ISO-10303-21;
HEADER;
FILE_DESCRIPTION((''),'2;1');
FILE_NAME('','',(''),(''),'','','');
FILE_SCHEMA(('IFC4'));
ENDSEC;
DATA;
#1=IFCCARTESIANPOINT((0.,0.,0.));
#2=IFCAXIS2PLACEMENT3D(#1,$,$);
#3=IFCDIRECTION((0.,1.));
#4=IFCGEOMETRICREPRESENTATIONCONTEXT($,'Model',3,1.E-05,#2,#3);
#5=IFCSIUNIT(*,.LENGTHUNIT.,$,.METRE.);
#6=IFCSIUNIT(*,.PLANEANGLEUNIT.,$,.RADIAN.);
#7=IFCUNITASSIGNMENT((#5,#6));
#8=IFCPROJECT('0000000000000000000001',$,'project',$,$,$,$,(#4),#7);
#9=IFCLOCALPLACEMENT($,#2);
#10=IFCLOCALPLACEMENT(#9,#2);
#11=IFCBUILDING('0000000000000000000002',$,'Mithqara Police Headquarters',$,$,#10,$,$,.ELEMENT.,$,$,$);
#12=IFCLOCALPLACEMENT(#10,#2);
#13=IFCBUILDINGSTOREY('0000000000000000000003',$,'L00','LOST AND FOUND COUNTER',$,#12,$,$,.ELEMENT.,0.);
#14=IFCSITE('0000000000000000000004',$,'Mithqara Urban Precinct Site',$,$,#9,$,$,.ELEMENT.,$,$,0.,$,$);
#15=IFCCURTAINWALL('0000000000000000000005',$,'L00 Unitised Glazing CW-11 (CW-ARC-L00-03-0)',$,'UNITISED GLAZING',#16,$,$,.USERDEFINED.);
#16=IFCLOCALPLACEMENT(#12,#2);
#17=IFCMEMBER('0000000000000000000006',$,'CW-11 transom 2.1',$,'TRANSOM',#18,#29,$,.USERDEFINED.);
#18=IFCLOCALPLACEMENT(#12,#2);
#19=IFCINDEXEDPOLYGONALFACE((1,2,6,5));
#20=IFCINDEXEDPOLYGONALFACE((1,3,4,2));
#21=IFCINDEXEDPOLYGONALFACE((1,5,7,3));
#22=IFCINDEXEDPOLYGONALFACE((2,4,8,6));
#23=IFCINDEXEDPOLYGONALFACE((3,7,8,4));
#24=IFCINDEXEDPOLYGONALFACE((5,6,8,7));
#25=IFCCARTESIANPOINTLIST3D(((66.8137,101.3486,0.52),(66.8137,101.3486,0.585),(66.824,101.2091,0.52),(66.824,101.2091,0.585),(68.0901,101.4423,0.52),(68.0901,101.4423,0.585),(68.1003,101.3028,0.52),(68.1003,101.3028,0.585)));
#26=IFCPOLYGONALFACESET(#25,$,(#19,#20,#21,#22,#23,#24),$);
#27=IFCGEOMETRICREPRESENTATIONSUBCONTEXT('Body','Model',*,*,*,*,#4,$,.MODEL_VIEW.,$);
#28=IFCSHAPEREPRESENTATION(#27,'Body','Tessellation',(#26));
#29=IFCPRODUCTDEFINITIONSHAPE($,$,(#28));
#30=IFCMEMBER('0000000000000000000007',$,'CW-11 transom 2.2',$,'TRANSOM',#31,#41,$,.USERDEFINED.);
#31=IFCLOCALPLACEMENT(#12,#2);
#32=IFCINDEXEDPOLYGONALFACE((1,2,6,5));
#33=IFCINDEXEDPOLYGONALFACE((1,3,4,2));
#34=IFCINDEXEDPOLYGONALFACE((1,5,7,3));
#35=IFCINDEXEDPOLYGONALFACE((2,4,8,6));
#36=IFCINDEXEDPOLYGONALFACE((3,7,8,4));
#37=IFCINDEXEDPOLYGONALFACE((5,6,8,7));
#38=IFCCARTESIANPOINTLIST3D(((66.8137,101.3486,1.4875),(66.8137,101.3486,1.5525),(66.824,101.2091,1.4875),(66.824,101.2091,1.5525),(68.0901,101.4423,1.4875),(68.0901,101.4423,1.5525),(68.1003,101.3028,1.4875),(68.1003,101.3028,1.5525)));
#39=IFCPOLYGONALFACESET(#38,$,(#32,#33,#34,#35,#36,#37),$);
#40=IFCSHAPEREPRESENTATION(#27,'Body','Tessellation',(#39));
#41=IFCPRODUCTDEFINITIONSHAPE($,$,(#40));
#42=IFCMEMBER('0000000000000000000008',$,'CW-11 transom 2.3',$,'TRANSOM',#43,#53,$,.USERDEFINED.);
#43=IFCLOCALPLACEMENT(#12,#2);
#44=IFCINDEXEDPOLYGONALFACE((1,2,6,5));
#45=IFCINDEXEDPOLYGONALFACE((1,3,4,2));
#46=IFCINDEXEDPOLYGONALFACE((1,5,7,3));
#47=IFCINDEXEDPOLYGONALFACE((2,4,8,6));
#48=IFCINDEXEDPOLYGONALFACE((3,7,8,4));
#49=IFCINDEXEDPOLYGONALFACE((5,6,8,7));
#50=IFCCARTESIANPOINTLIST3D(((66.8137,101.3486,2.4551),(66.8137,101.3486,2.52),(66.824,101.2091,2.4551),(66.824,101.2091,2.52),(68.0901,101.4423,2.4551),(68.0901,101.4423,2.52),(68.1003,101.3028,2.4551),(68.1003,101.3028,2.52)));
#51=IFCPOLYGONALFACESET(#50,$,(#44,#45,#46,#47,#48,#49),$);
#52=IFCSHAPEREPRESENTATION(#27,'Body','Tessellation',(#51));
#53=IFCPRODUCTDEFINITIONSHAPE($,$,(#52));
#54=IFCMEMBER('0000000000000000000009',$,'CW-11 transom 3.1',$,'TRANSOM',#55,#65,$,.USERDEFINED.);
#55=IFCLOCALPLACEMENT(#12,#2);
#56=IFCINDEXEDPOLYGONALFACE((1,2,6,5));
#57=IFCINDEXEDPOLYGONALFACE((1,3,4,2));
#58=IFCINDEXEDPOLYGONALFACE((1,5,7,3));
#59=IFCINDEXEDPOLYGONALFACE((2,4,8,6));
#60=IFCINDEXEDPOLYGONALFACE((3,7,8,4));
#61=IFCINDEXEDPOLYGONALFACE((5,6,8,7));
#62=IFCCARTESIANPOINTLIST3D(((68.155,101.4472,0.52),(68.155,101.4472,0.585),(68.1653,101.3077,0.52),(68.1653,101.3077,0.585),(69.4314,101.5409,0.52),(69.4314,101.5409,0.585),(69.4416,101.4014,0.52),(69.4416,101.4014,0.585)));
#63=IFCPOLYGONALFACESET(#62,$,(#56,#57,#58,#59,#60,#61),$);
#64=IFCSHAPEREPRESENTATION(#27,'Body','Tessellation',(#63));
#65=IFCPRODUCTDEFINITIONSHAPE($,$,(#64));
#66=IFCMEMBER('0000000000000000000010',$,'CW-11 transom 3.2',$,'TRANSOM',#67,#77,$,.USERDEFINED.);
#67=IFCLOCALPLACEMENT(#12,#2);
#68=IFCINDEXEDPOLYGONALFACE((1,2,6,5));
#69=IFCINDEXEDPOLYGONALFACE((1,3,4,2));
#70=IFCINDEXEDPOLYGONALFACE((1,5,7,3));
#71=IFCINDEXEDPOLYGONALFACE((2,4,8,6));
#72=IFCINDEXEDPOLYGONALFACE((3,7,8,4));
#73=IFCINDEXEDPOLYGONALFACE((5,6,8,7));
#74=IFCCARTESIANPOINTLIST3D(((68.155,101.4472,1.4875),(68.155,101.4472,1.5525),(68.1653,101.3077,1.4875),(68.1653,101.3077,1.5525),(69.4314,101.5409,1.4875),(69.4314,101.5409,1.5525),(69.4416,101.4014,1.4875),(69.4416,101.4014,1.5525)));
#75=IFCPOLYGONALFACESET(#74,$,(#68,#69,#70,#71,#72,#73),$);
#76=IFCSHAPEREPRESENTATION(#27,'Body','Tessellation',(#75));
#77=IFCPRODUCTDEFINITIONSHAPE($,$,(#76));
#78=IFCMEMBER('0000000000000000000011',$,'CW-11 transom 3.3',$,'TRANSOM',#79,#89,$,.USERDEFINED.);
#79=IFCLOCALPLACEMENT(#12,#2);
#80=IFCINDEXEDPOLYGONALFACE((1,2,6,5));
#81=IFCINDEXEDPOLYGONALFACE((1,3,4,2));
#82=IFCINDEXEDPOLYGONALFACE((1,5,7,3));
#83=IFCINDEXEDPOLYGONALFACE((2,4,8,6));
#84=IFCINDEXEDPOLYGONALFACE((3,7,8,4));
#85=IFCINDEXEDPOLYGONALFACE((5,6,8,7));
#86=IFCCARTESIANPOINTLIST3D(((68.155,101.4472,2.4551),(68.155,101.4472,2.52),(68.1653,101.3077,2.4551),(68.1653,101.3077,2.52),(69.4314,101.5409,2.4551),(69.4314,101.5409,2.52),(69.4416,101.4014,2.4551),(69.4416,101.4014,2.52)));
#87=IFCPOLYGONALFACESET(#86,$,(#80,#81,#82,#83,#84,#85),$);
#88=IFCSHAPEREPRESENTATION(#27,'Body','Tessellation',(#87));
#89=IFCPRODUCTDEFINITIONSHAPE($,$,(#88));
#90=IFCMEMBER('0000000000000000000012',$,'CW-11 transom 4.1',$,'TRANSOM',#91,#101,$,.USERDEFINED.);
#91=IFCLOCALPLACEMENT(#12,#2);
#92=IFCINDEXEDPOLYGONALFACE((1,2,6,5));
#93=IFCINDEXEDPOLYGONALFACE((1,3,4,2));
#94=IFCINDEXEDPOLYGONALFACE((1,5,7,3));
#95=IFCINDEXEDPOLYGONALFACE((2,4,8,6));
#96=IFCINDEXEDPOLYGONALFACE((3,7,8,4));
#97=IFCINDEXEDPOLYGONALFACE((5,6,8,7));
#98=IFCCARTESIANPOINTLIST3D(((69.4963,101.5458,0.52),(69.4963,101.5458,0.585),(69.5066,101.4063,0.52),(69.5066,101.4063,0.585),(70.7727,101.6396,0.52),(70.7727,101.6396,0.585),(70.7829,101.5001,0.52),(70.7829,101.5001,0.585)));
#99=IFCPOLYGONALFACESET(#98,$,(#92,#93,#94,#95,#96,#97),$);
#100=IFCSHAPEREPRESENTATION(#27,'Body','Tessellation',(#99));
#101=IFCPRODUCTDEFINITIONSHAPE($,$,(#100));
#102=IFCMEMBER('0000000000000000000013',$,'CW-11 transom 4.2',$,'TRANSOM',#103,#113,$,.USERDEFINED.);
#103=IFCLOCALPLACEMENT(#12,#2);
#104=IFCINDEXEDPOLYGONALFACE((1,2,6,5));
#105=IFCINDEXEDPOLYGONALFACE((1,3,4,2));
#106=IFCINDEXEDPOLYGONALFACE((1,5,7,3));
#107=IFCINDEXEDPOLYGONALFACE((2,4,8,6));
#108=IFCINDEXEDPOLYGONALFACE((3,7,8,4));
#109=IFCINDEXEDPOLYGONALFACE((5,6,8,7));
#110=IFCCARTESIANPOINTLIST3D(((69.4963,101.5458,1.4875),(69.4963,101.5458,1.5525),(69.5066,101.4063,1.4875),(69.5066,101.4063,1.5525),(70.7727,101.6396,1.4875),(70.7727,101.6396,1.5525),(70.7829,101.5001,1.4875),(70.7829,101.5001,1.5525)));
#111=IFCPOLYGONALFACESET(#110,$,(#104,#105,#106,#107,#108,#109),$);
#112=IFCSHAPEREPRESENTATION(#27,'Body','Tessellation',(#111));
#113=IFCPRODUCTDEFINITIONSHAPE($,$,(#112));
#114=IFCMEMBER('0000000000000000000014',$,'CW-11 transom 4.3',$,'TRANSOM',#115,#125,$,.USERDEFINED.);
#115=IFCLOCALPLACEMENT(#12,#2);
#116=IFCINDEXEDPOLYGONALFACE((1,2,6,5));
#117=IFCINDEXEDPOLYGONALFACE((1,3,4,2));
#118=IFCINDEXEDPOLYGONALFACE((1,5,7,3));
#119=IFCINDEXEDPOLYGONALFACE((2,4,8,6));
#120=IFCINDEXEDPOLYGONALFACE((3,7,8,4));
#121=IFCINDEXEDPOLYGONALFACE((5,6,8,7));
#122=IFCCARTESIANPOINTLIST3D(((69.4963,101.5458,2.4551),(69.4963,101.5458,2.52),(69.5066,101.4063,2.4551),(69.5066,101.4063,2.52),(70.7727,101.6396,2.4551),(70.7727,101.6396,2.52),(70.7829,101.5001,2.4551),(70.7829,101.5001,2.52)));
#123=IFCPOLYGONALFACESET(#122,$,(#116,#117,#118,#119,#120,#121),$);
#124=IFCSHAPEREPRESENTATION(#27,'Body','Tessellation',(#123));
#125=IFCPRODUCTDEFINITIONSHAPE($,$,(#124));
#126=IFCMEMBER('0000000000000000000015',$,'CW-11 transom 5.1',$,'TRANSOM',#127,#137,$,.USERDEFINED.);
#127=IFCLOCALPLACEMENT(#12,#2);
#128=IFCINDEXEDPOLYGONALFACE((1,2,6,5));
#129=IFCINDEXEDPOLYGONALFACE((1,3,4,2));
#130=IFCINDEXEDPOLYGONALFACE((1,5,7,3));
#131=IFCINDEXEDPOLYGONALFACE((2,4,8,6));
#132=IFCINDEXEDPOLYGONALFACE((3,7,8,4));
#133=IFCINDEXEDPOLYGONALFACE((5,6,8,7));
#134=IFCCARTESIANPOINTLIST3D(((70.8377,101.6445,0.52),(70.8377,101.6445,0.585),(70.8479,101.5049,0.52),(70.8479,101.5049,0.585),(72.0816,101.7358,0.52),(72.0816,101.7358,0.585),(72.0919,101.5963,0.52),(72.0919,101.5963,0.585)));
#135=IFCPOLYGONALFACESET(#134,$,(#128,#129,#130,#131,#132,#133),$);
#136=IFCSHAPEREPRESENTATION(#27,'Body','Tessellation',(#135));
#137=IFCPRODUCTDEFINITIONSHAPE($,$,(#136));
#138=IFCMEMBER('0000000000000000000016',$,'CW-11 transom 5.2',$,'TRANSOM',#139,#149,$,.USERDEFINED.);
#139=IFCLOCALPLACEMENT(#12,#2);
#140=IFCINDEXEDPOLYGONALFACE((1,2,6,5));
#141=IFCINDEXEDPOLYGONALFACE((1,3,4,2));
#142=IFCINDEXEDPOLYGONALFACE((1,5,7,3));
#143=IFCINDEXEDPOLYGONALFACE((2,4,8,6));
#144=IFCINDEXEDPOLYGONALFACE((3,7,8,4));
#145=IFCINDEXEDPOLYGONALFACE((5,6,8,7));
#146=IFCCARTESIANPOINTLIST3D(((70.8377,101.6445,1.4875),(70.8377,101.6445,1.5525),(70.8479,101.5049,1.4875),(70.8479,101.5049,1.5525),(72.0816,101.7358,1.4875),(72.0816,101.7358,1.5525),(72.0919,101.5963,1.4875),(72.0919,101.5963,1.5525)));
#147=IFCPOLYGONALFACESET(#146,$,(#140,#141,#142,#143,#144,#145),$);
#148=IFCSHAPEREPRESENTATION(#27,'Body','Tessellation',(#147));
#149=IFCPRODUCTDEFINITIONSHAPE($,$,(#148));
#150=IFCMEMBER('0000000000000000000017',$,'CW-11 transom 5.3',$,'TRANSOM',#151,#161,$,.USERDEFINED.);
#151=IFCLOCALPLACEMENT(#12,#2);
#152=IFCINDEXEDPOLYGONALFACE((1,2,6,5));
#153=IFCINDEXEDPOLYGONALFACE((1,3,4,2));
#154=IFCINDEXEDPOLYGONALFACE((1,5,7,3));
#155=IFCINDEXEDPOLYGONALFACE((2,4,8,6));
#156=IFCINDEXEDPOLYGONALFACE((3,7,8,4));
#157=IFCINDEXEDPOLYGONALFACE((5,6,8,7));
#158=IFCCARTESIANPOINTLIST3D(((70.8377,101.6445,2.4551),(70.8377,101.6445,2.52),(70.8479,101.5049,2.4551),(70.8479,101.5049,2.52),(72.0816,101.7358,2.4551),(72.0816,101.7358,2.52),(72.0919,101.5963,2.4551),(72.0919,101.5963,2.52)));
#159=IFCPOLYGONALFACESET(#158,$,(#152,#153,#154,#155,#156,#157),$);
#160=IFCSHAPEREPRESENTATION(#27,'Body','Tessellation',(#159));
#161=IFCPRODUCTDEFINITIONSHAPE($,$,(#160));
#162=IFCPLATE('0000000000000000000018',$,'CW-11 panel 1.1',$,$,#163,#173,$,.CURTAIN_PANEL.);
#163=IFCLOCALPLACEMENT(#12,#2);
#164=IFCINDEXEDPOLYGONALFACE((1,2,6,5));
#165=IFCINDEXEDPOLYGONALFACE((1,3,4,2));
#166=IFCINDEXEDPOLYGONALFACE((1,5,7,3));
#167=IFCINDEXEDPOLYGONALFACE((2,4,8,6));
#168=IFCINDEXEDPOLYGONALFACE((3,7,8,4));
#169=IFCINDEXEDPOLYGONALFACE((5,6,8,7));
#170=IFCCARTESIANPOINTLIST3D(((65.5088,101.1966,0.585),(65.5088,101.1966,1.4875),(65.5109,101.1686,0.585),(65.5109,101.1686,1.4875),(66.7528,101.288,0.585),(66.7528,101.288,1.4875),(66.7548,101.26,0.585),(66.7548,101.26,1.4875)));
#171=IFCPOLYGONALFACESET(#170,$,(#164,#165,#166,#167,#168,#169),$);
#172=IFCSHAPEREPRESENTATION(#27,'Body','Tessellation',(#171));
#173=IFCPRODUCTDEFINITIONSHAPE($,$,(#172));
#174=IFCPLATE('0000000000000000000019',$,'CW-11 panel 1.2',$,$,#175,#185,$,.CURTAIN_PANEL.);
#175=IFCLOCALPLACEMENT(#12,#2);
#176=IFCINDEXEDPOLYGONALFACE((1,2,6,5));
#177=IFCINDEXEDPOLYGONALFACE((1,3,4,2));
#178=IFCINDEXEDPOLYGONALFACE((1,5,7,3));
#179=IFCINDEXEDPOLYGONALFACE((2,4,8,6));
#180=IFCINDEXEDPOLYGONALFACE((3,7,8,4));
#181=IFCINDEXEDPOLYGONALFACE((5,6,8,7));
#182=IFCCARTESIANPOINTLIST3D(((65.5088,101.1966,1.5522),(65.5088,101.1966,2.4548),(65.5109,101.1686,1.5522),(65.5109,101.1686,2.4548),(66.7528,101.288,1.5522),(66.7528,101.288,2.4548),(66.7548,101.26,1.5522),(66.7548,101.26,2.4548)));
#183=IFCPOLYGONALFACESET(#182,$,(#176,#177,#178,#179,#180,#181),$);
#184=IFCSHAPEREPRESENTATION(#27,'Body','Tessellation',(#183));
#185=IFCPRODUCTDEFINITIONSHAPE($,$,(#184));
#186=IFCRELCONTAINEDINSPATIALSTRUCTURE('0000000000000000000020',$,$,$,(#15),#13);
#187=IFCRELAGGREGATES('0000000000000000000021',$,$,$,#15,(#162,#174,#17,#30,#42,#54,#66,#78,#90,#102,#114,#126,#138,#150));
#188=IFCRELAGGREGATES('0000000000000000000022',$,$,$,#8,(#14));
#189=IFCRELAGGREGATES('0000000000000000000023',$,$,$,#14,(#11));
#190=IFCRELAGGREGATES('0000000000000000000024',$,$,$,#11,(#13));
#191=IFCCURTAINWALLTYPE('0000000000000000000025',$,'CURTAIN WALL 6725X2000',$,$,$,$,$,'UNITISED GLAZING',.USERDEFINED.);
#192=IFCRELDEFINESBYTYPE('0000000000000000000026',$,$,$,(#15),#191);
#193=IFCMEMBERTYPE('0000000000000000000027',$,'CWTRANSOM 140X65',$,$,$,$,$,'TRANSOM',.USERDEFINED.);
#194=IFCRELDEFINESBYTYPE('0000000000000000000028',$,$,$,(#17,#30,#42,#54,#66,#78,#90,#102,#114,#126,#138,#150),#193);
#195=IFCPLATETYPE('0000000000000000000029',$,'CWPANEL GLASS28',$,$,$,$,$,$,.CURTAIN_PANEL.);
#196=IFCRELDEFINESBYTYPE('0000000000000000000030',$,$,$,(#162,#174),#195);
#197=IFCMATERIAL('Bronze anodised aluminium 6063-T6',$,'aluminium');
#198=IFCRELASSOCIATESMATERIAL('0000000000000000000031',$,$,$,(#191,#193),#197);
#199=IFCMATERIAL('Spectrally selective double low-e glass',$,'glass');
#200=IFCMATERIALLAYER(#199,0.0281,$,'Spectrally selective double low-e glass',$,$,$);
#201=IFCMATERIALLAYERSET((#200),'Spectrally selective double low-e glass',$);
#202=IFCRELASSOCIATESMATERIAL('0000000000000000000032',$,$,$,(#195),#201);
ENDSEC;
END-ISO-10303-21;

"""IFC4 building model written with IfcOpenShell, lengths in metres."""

from ifc_helpers import new_model, si_unit, direction, frame, origin, origin_2d, place, context, subcontext, project, spatial, rectangle, extrude, material, layer, layer_set, material_profile, profile_set, type_object, element, aggregate, save


model = new_model("IFC4")

# Units and contexts
model_context = context("Model", 3, precision=1e-05, world=origin(), true_north=direction((0.0, 1.0)))
body_context = subcontext(model_context, "Body", "Model", "MODEL_VIEW")
ifc_project = project(units=[si_unit("LENGTHUNIT", "METRE"), si_unit("PLANEANGLEUNIT", "RADIAN")], contexts=[model_context])

# Site, building, storey
site_placement = place(None, origin())
site = spatial("IfcSite", under=ifc_project, at=site_placement, Name="Mithqara Urban Precinct Site", CompositionType="ELEMENT", RefElevation=0.0)
building_placement = place(site_placement, origin())
building = spatial("IfcBuilding", under=site, at=building_placement, Name="Mithqara Police Headquarters", CompositionType="ELEMENT")
storey_placement = place(building_placement, origin())
storey = spatial("IfcBuildingStorey", under=building, at=storey_placement, Name="L00", Description="LOST AND FOUND COUNTER", CompositionType="ELEMENT", Elevation=0.0)

# Curtain wall, members, plates
ifc_material_1 = material(Name="Bronze anodised aluminium 6063-T6", Category="aluminium")
curtain_wall_type = type_object("IfcCurtainWallType", Name="CURTAIN WALL 6725X2000", ElementType="UNITISED GLAZING", PredefinedType="USERDEFINED", material=ifc_material_1)
curtain_wall_placement = place(storey_placement, origin())
curtain_wall = element("IfcCurtainWall", 1, at=curtain_wall_placement, inside=storey, type_object=curtain_wall_type, Name="L00 Unitised Glazing CW-11 (CW-ARC-L00-03-0)", ObjectType="UNITISED GLAZING", PredefinedType="USERDEFINED")
ifc_material_profile_1 = material_profile(ifc_material_1, rectangle(XDim=0.1399, YDim=0.0649, at=origin_2d()), Name="CWT 140x65")
ifc_profile_set_1 = profile_set([ifc_material_profile_1], Name="Bronze anodised aluminium 6063-T6")
member_type_1 = type_object("IfcMemberType", Name="CWTRANSOM 140X65", ElementType="TRANSOM", PredefinedType="USERDEFINED", material=ifc_profile_set_1)
member_1_placement = place(storey_placement, frame((66.8188, 101.2788, 0.5525), z_axis=(0.997313, 0.073253, 0.0), x_axis=(-0.073253, 0.997313, 0.0)))
member_1 = element("IfcMember", 2, at=member_1_placement, type_object=member_type_1, Name="CW-11 transom 2.1", ObjectType="TRANSOM", PredefinedType="USERDEFINED", context=body_context, shape_type="SweptSolid", body=[
    extrude(rectangle(XDim=0.1399, YDim=0.0649, at=origin_2d()), origin(), (0.0, 0.0, 1.0), 1.2798),
])
member_2_placement = place(storey_placement, frame((66.8188, 101.2788, 1.52), z_axis=(0.997313, 0.073253, 0.0), x_axis=(-0.073253, 0.997313, 0.0)))
member_2 = element("IfcMember", 3, at=member_2_placement, type_object=member_type_1, Name="CW-11 transom 2.2", ObjectType="TRANSOM", PredefinedType="USERDEFINED", context=body_context, shape_type="SweptSolid", body=[
    extrude(rectangle(XDim=0.1399, YDim=0.0649, at=origin_2d()), origin(), (0.0, 0.0, 1.0), 1.2798),
])
member_3_placement = place(storey_placement, frame((66.8188, 101.2788, 2.4875), z_axis=(0.997313, 0.073253, 0.0), x_axis=(-0.073253, 0.997313, 0.0)))
member_3 = element("IfcMember", 4, at=member_3_placement, type_object=member_type_1, Name="CW-11 transom 2.3", ObjectType="TRANSOM", PredefinedType="USERDEFINED", context=body_context, shape_type="SweptSolid", body=[
    extrude(rectangle(XDim=0.1399, YDim=0.0649, at=origin_2d()), origin(), (0.0, 0.0, 1.0), 1.2798),
])
member_4_placement = place(storey_placement, frame((68.1602, 101.3774, 0.5525), z_axis=(0.997313, 0.073253, 0.0), x_axis=(-0.073253, 0.997313, 0.0)))
member_4 = element("IfcMember", 5, at=member_4_placement, type_object=member_type_1, Name="CW-11 transom 3.1", ObjectType="TRANSOM", PredefinedType="USERDEFINED", context=body_context, shape_type="SweptSolid", body=[
    extrude(rectangle(XDim=0.1399, YDim=0.0649, at=origin_2d()), origin(), (0.0, 0.0, 1.0), 1.2798),
])
member_5_placement = place(storey_placement, frame((68.1602, 101.3774, 1.52), z_axis=(0.997313, 0.073253, 0.0), x_axis=(-0.073253, 0.997313, 0.0)))
member_5 = element("IfcMember", 6, at=member_5_placement, type_object=member_type_1, Name="CW-11 transom 3.2", ObjectType="TRANSOM", PredefinedType="USERDEFINED", context=body_context, shape_type="SweptSolid", body=[
    extrude(rectangle(XDim=0.1399, YDim=0.0649, at=origin_2d()), origin(), (0.0, 0.0, 1.0), 1.2798),
])
member_6_placement = place(storey_placement, frame((68.1602, 101.3774, 2.4875), z_axis=(0.997313, 0.073253, 0.0), x_axis=(-0.073253, 0.997313, 0.0)))
member_6 = element("IfcMember", 7, at=member_6_placement, type_object=member_type_1, Name="CW-11 transom 3.3", ObjectType="TRANSOM", PredefinedType="USERDEFINED", context=body_context, shape_type="SweptSolid", body=[
    extrude(rectangle(XDim=0.1399, YDim=0.0649, at=origin_2d()), origin(), (0.0, 0.0, 1.0), 1.2798),
])
member_7_placement = place(storey_placement, frame((69.5015, 101.4761, 0.5525), z_axis=(0.997313, 0.073253, 0.0), x_axis=(-0.073253, 0.997313, 0.0)))
member_7 = element("IfcMember", 8, at=member_7_placement, type_object=member_type_1, Name="CW-11 transom 4.1", ObjectType="TRANSOM", PredefinedType="USERDEFINED", context=body_context, shape_type="SweptSolid", body=[
    extrude(rectangle(XDim=0.1399, YDim=0.0649, at=origin_2d()), origin(), (0.0, 0.0, 1.0), 1.2798),
])
member_8_placement = place(storey_placement, frame((69.5015, 101.4761, 1.52), z_axis=(0.997313, 0.073253, 0.0), x_axis=(-0.073253, 0.997313, 0.0)))
member_8 = element("IfcMember", 9, at=member_8_placement, type_object=member_type_1, Name="CW-11 transom 4.2", ObjectType="TRANSOM", PredefinedType="USERDEFINED", context=body_context, shape_type="SweptSolid", body=[
    extrude(rectangle(XDim=0.1399, YDim=0.0649, at=origin_2d()), origin(), (0.0, 0.0, 1.0), 1.2798),
])
member_9_placement = place(storey_placement, frame((69.5015, 101.4761, 2.4875), z_axis=(0.997313, 0.073253, 0.0), x_axis=(-0.073253, 0.997313, 0.0)))
member_9 = element("IfcMember", 10, at=member_9_placement, type_object=member_type_1, Name="CW-11 transom 4.3", ObjectType="TRANSOM", PredefinedType="USERDEFINED", context=body_context, shape_type="SweptSolid", body=[
    extrude(rectangle(XDim=0.1399, YDim=0.0649, at=origin_2d()), origin(), (0.0, 0.0, 1.0), 1.2798),
])
member_10_placement = place(storey_placement, frame((70.8428, 101.5747, 0.5525), z_axis=(0.997317, 0.073208, 0.0), x_axis=(-0.073208, 0.997317, 0.0)))
member_10 = element("IfcMember", 11, at=member_10_placement, type_object=member_type_1, Name="CW-11 transom 5.1", ObjectType="TRANSOM", PredefinedType="USERDEFINED", context=body_context, shape_type="SweptSolid", body=[
    extrude(rectangle(XDim=0.1399, YDim=0.0649, at=origin_2d()), origin(), (0.0, 0.0, 1.0), 1.2473),
])
member_11_placement = place(storey_placement, frame((70.8428, 101.5747, 1.52), z_axis=(0.997317, 0.073208, 0.0), x_axis=(-0.073208, 0.997317, 0.0)))
member_11 = element("IfcMember", 12, at=member_11_placement, type_object=member_type_1, Name="CW-11 transom 5.2", ObjectType="TRANSOM", PredefinedType="USERDEFINED", context=body_context, shape_type="SweptSolid", body=[
    extrude(rectangle(XDim=0.1399, YDim=0.0649, at=origin_2d()), origin(), (0.0, 0.0, 1.0), 1.2473),
])
member_12_placement = place(storey_placement, frame((70.8428, 101.5747, 2.4875), z_axis=(0.997317, 0.073208, 0.0), x_axis=(-0.073208, 0.997317, 0.0)))
member_12 = element("IfcMember", 13, at=member_12_placement, type_object=member_type_1, Name="CW-11 transom 5.3", ObjectType="TRANSOM", PredefinedType="USERDEFINED", context=body_context, shape_type="SweptSolid", body=[
    extrude(rectangle(XDim=0.1399, YDim=0.0649, at=origin_2d()), origin(), (0.0, 0.0, 1.0), 1.2473),
])
ifc_material_2 = material(Name="Spectrally selective double low-e glass", Category="glass")
ifc_layer = layer(ifc_material_2, 0.0281, Name="Spectrally selective double low-e glass")
ifc_layer_set = layer_set([ifc_layer], Name="Spectrally selective double low-e glass")
plate_type = type_object("IfcPlateType", Name="CWPANEL GLASS28", PredefinedType="CURTAIN_PANEL", material=ifc_layer_set)
plate_1_placement = place(storey_placement, frame((66.1318, 101.2283, 0.585), z_axis=(0.0, 0.0, 1.0), x_axis=(0.99731, 0.073298, 0.0)))
plate_1 = element("IfcPlate", 14, at=plate_1_placement, type_object=plate_type, Name="CW-11 panel 1.1", PredefinedType="CURTAIN_PANEL", context=body_context, shape_type="SweptSolid", body=[
    extrude(rectangle(XDim=1.2473, YDim=0.0281, at=origin_2d()), origin(), (0.0, 0.0, 1.0), 0.9026),
])
plate_2_placement = place(storey_placement, frame((66.1318, 101.2283, 1.5522), z_axis=(0.0, 0.0, 1.0), x_axis=(0.99731, 0.073298, 0.0)))
plate_2 = element("IfcPlate", 15, at=plate_2_placement, type_object=plate_type, Name="CW-11 panel 1.2", PredefinedType="CURTAIN_PANEL", context=body_context, shape_type="SweptSolid", body=[
    extrude(rectangle(XDim=1.2473, YDim=0.0281, at=origin_2d()), origin(), (0.0, 0.0, 1.0), 0.9026),
])
aggregate(curtain_wall, [plate_1, plate_2, member_1, member_2, member_3, member_4, member_5, member_6, member_7, member_8, member_9, member_10, member_11, member_12])

save(model, "model.ifc")
